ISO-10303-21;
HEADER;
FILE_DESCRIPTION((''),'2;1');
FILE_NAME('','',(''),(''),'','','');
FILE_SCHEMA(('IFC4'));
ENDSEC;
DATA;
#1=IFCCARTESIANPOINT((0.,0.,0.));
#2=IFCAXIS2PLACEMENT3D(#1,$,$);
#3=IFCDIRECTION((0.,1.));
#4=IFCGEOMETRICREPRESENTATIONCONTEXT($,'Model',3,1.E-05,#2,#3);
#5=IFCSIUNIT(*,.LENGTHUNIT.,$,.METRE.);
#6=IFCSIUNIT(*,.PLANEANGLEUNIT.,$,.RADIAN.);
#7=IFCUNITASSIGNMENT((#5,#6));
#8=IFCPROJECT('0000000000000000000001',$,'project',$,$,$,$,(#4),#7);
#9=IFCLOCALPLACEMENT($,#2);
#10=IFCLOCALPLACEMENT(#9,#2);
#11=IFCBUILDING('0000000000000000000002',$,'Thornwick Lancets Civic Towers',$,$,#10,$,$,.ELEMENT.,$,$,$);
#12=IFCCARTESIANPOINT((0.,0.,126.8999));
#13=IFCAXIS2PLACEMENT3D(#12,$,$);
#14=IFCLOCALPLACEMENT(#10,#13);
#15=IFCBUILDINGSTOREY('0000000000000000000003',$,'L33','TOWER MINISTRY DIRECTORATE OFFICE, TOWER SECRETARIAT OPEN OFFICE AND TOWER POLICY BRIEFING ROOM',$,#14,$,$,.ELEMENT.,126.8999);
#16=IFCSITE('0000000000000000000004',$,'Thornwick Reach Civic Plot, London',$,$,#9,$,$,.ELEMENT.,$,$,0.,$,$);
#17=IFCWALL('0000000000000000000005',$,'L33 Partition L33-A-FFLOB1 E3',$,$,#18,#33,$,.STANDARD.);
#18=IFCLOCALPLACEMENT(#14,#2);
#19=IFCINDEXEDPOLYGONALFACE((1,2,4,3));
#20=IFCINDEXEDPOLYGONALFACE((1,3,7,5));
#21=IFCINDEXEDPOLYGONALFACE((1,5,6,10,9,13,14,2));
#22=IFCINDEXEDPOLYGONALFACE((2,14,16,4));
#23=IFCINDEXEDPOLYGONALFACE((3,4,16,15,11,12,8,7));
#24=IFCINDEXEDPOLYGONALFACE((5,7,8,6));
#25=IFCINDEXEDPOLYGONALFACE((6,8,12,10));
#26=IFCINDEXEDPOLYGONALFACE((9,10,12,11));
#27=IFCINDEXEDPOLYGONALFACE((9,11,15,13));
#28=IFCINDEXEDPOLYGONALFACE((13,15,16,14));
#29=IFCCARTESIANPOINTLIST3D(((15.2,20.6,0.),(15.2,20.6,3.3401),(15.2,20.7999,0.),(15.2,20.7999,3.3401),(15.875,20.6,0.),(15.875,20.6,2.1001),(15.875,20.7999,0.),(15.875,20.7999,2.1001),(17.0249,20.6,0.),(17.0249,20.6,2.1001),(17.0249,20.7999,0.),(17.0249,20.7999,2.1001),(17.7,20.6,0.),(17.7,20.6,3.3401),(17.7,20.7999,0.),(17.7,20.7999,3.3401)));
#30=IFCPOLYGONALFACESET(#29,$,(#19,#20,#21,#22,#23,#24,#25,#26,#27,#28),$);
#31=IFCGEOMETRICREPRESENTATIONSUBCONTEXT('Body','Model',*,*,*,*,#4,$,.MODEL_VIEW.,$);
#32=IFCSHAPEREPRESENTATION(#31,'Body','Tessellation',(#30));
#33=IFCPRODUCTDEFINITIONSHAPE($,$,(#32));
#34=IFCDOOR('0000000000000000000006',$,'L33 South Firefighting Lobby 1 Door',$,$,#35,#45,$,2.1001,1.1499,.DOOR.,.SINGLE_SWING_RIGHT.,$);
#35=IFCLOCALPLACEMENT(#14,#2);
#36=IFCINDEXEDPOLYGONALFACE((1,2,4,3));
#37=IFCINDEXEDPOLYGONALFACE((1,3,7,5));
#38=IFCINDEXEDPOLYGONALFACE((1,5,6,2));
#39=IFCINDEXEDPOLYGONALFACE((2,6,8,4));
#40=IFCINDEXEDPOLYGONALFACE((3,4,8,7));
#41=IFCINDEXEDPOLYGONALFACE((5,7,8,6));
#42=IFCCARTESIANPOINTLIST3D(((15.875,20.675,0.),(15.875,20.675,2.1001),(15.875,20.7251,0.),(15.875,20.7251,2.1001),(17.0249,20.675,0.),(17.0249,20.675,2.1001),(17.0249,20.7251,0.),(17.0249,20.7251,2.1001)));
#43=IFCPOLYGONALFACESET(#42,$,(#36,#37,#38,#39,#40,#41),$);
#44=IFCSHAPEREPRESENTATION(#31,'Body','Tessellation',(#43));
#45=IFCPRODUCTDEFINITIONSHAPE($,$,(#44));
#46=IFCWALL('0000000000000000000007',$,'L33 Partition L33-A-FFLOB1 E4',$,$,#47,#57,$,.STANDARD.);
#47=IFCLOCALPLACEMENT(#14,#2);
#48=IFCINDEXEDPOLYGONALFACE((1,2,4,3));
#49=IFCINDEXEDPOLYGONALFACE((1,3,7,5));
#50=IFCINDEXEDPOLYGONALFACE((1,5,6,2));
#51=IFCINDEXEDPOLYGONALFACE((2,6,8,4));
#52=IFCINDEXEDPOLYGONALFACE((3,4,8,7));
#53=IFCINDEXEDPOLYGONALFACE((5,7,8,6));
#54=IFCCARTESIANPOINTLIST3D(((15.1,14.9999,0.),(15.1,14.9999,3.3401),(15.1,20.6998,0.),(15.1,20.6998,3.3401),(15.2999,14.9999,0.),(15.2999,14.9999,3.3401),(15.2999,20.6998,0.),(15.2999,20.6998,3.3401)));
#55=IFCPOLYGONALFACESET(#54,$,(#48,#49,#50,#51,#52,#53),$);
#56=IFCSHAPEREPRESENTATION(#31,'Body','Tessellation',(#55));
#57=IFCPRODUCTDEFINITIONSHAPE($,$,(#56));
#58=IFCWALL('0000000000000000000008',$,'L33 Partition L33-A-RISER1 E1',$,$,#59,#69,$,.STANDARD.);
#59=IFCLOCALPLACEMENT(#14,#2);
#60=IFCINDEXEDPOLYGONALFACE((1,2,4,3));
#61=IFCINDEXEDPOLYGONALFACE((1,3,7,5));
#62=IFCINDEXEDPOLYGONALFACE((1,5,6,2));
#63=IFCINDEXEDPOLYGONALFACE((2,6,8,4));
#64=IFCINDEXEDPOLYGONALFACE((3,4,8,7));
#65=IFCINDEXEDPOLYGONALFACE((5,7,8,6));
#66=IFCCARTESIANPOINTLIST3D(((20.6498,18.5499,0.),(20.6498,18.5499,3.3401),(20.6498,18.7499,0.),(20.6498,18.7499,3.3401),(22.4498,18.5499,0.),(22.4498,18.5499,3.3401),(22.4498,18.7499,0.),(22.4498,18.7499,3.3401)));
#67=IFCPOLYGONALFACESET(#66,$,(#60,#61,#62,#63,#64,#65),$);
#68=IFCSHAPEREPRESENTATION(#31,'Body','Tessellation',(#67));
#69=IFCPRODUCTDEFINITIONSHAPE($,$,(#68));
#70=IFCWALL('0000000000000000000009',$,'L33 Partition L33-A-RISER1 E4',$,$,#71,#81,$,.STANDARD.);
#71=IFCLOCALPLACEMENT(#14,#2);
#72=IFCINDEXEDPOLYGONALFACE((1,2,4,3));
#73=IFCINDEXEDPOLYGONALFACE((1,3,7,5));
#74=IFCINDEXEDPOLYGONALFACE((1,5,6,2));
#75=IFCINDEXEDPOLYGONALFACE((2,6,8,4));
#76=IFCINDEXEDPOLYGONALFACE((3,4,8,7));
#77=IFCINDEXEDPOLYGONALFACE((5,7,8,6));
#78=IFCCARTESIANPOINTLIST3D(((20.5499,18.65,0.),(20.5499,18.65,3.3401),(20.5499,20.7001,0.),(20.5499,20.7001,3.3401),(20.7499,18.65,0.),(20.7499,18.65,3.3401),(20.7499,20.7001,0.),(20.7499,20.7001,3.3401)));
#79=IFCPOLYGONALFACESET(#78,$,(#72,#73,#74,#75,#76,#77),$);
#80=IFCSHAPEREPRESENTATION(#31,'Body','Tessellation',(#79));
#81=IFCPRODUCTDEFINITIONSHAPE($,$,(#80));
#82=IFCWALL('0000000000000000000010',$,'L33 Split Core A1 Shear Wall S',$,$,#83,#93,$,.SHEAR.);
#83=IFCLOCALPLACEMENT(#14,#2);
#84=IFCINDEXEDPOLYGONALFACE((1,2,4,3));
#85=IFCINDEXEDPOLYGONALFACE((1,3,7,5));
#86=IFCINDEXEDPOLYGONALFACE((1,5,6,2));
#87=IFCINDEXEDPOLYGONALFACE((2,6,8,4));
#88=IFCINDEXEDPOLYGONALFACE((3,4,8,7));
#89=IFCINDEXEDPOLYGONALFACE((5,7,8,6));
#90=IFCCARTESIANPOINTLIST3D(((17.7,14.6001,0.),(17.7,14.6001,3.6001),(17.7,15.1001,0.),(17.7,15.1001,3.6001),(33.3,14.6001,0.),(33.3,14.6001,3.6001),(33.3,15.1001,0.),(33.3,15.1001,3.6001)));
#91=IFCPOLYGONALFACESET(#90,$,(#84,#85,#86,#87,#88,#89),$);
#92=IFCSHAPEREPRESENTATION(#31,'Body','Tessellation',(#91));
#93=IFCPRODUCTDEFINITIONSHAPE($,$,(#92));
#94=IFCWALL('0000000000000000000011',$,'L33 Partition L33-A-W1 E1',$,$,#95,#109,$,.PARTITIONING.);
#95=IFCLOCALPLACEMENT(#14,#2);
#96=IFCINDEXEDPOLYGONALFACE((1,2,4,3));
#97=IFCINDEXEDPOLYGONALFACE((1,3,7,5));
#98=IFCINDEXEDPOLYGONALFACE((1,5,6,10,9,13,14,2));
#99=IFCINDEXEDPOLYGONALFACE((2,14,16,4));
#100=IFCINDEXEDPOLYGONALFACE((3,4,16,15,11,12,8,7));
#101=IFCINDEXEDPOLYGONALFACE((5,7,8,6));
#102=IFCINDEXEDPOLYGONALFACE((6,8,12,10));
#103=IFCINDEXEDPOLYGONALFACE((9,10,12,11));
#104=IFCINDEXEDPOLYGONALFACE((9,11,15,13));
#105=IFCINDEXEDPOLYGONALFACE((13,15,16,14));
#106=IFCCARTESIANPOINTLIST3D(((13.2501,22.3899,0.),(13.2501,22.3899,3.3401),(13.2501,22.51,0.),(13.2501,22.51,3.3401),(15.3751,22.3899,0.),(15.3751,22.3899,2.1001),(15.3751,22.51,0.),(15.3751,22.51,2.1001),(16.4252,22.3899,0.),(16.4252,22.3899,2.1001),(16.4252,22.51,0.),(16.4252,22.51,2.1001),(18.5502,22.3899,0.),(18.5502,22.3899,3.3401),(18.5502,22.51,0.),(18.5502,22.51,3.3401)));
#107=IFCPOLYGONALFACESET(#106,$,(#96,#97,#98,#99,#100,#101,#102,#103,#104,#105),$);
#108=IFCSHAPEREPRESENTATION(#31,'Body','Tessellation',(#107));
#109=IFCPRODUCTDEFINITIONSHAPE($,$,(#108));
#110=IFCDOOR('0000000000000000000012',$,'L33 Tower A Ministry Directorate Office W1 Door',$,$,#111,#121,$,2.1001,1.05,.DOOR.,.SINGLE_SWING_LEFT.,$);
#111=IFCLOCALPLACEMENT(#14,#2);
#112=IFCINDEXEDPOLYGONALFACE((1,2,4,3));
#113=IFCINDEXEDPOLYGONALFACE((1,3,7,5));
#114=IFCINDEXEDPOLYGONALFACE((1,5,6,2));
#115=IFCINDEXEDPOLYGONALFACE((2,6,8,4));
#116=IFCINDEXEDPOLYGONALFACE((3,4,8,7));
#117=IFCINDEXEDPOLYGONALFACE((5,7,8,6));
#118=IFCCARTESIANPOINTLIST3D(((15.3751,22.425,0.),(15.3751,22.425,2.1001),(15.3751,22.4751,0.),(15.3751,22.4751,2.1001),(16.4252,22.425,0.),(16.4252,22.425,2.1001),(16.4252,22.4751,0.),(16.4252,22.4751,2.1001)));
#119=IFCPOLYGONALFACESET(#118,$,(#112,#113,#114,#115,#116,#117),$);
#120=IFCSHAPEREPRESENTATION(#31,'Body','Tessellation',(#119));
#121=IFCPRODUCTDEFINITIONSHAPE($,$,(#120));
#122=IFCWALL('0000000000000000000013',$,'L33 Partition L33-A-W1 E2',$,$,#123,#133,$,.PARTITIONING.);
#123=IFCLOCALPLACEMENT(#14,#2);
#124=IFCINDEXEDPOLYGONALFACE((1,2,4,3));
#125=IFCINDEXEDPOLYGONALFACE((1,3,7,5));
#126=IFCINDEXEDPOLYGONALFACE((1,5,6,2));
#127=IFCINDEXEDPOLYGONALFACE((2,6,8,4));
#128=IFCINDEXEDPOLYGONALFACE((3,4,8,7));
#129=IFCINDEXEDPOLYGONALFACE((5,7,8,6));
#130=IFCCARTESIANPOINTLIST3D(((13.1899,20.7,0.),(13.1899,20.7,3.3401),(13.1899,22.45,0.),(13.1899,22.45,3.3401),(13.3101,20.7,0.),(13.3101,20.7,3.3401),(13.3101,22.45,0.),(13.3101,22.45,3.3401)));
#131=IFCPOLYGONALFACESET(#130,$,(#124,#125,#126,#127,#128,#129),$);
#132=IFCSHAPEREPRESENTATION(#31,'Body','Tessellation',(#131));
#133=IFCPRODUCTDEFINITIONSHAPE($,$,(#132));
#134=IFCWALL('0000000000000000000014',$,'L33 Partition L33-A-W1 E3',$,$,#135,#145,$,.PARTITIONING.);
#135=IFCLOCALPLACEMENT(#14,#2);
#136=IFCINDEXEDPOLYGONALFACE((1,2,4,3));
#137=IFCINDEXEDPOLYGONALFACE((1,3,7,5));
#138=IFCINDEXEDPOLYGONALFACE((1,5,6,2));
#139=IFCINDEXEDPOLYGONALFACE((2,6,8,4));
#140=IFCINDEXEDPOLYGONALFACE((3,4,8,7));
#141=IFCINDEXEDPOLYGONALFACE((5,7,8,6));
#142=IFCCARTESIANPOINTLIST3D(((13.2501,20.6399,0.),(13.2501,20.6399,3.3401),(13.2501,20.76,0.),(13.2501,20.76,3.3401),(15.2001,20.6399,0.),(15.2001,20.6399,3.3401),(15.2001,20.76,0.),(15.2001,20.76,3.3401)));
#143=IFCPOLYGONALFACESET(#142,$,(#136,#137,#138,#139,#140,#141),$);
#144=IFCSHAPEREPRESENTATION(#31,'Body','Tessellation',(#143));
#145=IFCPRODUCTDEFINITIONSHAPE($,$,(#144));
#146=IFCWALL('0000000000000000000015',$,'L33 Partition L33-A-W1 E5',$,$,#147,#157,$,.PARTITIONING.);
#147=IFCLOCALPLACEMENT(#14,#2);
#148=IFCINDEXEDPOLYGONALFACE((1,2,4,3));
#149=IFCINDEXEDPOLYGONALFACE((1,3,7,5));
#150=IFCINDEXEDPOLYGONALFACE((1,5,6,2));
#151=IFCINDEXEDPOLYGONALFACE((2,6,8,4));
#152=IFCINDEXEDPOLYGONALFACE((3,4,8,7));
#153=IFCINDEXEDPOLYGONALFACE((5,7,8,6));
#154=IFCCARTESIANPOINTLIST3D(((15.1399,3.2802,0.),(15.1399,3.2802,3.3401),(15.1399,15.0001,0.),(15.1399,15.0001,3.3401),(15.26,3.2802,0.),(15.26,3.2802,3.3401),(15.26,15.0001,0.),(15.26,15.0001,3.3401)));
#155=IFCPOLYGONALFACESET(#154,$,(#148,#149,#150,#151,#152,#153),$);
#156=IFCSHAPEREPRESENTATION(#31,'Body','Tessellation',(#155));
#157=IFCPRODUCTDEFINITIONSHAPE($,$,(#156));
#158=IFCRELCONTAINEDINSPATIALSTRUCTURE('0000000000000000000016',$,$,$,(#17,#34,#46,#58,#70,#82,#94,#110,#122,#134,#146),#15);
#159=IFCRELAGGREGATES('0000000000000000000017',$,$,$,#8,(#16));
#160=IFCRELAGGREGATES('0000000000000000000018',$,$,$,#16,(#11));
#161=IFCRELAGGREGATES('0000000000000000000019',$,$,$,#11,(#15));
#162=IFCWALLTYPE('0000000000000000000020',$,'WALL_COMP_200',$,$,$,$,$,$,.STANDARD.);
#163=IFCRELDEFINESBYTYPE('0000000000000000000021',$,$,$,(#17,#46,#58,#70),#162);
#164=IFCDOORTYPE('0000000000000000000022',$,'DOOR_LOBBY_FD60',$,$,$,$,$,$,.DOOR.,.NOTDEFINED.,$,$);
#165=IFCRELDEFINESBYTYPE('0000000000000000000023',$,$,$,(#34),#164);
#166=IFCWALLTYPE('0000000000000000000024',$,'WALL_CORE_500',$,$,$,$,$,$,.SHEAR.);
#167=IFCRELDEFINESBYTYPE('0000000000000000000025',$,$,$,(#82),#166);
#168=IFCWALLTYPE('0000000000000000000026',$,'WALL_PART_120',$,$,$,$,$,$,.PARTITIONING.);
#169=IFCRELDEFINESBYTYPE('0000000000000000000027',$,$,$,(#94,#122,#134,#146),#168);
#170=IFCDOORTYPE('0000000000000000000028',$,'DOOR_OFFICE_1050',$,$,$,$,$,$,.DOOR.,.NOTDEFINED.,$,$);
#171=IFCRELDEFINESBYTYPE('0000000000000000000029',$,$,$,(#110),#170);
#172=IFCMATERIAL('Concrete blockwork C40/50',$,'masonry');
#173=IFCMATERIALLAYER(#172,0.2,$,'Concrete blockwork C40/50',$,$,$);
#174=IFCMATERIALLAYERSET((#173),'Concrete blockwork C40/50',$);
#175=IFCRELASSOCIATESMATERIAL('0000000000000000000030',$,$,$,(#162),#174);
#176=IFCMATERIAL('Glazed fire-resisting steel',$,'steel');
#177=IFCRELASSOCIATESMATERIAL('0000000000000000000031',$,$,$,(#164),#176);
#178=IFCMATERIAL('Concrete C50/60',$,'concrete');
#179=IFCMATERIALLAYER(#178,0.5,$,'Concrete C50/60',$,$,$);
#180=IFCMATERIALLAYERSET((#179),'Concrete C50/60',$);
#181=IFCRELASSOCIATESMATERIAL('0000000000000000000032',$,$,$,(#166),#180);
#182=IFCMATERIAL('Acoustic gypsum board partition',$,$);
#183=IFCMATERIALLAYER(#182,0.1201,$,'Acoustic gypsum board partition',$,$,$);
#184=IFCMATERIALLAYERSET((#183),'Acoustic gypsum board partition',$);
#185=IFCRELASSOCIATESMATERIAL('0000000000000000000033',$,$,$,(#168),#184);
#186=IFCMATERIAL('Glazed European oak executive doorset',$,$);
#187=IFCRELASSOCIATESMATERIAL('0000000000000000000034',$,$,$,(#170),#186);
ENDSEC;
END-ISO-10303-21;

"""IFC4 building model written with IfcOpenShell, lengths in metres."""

from ifc_helpers import new_model, si_unit, direction, frame, frame_2d, origin, place, context, subcontext, project, spatial, rectangle, extrude, material, layer, layer_set, type_object, element, fill, save


model = new_model("IFC4")

# Units and contexts
model_context = context("Model", 3, precision=1e-05, world=origin(), true_north=direction((0.0, 1.0)))
body_context = subcontext(model_context, "Body", "Model", "MODEL_VIEW")
ifc_project = project(units=[si_unit("LENGTHUNIT", "METRE"), si_unit("PLANEANGLEUNIT", "RADIAN")], contexts=[model_context])

# Site, building, storey
site_placement = place(None, origin())
site = spatial("IfcSite", under=ifc_project, at=site_placement, Name="Thornwick Reach Civic Plot, London", CompositionType="ELEMENT", RefElevation=0.0)
building_placement = place(site_placement, origin())
building = spatial("IfcBuilding", under=site, at=building_placement, Name="Thornwick Lancets Civic Towers", CompositionType="ELEMENT")
storey_placement = place(building_placement, frame((0.0, 0.0, 126.8999)))
storey = spatial("IfcBuildingStorey", under=building, at=storey_placement, Name="L33", Description="TOWER MINISTRY DIRECTORATE OFFICE, TOWER SECRETARIAT OPEN OFFICE AND TOWER POLICY BRIEFING ROOM", CompositionType="ELEMENT", Elevation=126.8999)

# Shared definitions
ifc_material_1 = material(Name="Concrete blockwork C40/50", Category="masonry")
ifc_layer_1 = layer(ifc_material_1, 0.2, Name="Concrete blockwork C40/50")
ifc_layer_set_1 = layer_set([ifc_layer_1], Name="Concrete blockwork C40/50")
wall_type_1 = type_object("IfcWallType", Name="WALL_COMP_200", PredefinedType="STANDARD", material=ifc_layer_set_1)

# Wall, opening, door
wall_1_placement = place(storey_placement, frame((17.7, 20.7, 0.0), z_axis=(0.0, 0.0, 1.0), x_axis=(-1.0, 0.0, 0.0)))
wall_1 = element("IfcWall", 1, at=wall_1_placement, inside=storey, type_object=wall_type_1, Name="L33 Partition L33-A-FFLOB1 E3", PredefinedType="STANDARD", context=body_context, shape_type="SweptSolid", body=[
    extrude(rectangle(XDim=2.5, YDim=0.2, at=frame_2d((1.25, 0.0))), origin(), (0.0, 0.0, 1.0), 3.3401),
])
opening_1_placement = place(wall_1_placement, frame((0.675, 0.0, 0.0)))
opening_1 = element("IfcOpeningElement", 2, at=opening_1_placement, cuts=wall_1, PredefinedType="OPENING", context=body_context, shape_type="SweptSolid", body=[
    extrude(rectangle(XDim=1.1499, YDim=2.1001, at=frame_2d((0.575, 1.05))), frame((0.0, 0.1099, 0.0), z_axis=(0.0, -1.0, 0.0), x_axis=(1.0, 0.0, 0.0)), (0.0, 0.0, 1.0), 0.22),
])
ifc_material_2 = material(Name="Glazed fire-resisting steel", Category="steel")
door_type_1 = type_object("IfcDoorType", Name="DOOR_LOBBY_FD60", OperationType="NOTDEFINED", PredefinedType="DOOR", material=ifc_material_2)
door_1_placement = place(opening_1_placement, origin())
door_1 = element("IfcDoor", 3, at=door_1_placement, inside=storey, type_object=door_type_1, Name="L33 South Firefighting Lobby 1 Door", OperationType="SINGLE_SWING_RIGHT", OverallHeight=2.1001, OverallWidth=1.1499, PredefinedType="DOOR", context=body_context, shape_type="SweptSolid", body=[
    extrude(rectangle(XDim=1.1499, YDim=2.1001, at=frame_2d((0.575, 1.05))), frame((0.0, 0.0249, 0.0), z_axis=(0.0, -1.0, 0.0), x_axis=(1.0, 0.0, 0.0)), (0.0, 0.0, 1.0), 0.05),
])
fill(opening_1, door_1)

# Walls
wall_2_placement = place(storey_placement, frame((15.2, 20.7, 0.0), z_axis=(0.0, 0.0, 1.0), x_axis=(0.0, -1.0, 0.0)))
element("IfcWall", 4, at=wall_2_placement, inside=storey, type_object=wall_type_1, Name="L33 Partition L33-A-FFLOB1 E4", PredefinedType="STANDARD", context=body_context, shape_type="SweptSolid", body=[
    extrude(rectangle(XDim=5.7, YDim=0.2, at=frame_2d((2.8501, 0.0))), origin(), (0.0, 0.0, 1.0), 3.3401),
])
wall_3_placement = place(storey_placement, frame((20.6499, 18.6499, 0.0), z_axis=(0.0, 0.0, 1.0), x_axis=(1.0, 0.0, 0.0)))
element("IfcWall", 5, at=wall_3_placement, inside=storey, type_object=wall_type_1, Name="L33 Partition L33-A-RISER1 E1", PredefinedType="STANDARD", context=body_context, shape_type="SweptSolid", body=[
    extrude(rectangle(XDim=1.8, YDim=0.2, at=frame_2d((0.8999, 0.0))), origin(), (0.0, 0.0, 1.0), 3.3401),
])
wall_4_placement = place(storey_placement, frame((20.6499, 20.7, 0.0), z_axis=(0.0, 0.0, 1.0), x_axis=(0.0, -1.0, 0.0)))
element("IfcWall", 6, at=wall_4_placement, inside=storey, type_object=wall_type_1, Name="L33 Partition L33-A-RISER1 E4", PredefinedType="STANDARD", context=body_context, shape_type="SweptSolid", body=[
    extrude(rectangle(XDim=2.05, YDim=0.2, at=frame_2d((1.0249, 0.0))), origin(), (0.0, 0.0, 1.0), 3.3401),
])
ifc_material_3 = material(Name="Concrete C50/60", Category="concrete")
ifc_layer_2 = layer(ifc_material_3, 0.5, Name="Concrete C50/60")
ifc_layer_set_2 = layer_set([ifc_layer_2], Name="Concrete C50/60")
wall_type_2 = type_object("IfcWallType", Name="WALL_CORE_500", PredefinedType="SHEAR", material=ifc_layer_set_2)
wall_5_placement = place(storey_placement, frame((17.7, 14.8501, 0.0), z_axis=(0.0, 0.0, 1.0), x_axis=(1.0, 0.0, 0.0)))
element("IfcWall", 7, at=wall_5_placement, inside=storey, type_object=wall_type_2, Name="L33 Split Core A1 Shear Wall S", PredefinedType="SHEAR", context=body_context, shape_type="SweptSolid", body=[
    extrude(rectangle(XDim=15.6001, YDim=0.5, at=frame_2d((7.8, 0.0))), origin(), (0.0, 0.0, 1.0), 3.6001),
])

# Wall, opening, door
ifc_material_4 = material(Name="Acoustic gypsum board partition")
ifc_layer_3 = layer(ifc_material_4, 0.1201, Name="Acoustic gypsum board partition")
ifc_layer_set_3 = layer_set([ifc_layer_3], Name="Acoustic gypsum board partition")
wall_type_3 = type_object("IfcWallType", Name="WALL_PART_120", PredefinedType="PARTITIONING", material=ifc_layer_set_3)
wall_6_placement = place(storey_placement, frame((18.55, 22.45, 0.0), z_axis=(0.0, 0.0, 1.0), x_axis=(-1.0, 0.0, 0.0)))
wall_6 = element("IfcWall", 8, at=wall_6_placement, inside=storey, type_object=wall_type_3, Name="L33 Partition L33-A-W1 E1", PredefinedType="PARTITIONING", context=body_context, shape_type="SweptSolid", body=[
    extrude(rectangle(XDim=5.3, YDim=0.1201, at=frame_2d((2.6499, 0.0))), origin(), (0.0, 0.0, 1.0), 3.3401),
])
opening_2_placement = place(wall_6_placement, frame((2.125, 0.0, 0.0)))
opening_2 = element("IfcOpeningElement", 9, at=opening_2_placement, cuts=wall_6, PredefinedType="OPENING", context=body_context, shape_type="SweptSolid", body=[
    extrude(rectangle(XDim=1.05, YDim=2.1001, at=frame_2d((0.5249, 1.05))), frame((0.0, 0.0701, 0.0), z_axis=(0.0, -1.0, 0.0), x_axis=(1.0, 0.0, 0.0)), (0.0, 0.0, 1.0), 0.1401),
])
ifc_material_5 = material(Name="Glazed European oak executive doorset")
door_type_2 = type_object("IfcDoorType", Name="DOOR_OFFICE_1050", OperationType="NOTDEFINED", PredefinedType="DOOR", material=ifc_material_5)
door_2_placement = place(opening_2_placement, origin())
door_2 = element("IfcDoor", 10, at=door_2_placement, inside=storey, type_object=door_type_2, Name="L33 Tower A Ministry Directorate Office W1 Door", OperationType="SINGLE_SWING_LEFT", OverallHeight=2.1001, OverallWidth=1.05, PredefinedType="DOOR", context=body_context, shape_type="SweptSolid", body=[
    extrude(rectangle(XDim=1.05, YDim=2.1001, at=frame_2d((0.5249, 1.05))), frame((0.0, 0.0249, 0.0), z_axis=(0.0, -1.0, 0.0), x_axis=(1.0, 0.0, 0.0)), (0.0, 0.0, 1.0), 0.05),
])
fill(opening_2, door_2)

# Walls
wall_7_placement = place(storey_placement, frame((13.25, 22.45, 0.0), z_axis=(0.0, 0.0, 1.0), x_axis=(0.0, -1.0, 0.0)))
element("IfcWall", 11, at=wall_7_placement, inside=storey, type_object=wall_type_3, Name="L33 Partition L33-A-W1 E2", PredefinedType="PARTITIONING", context=body_context, shape_type="SweptSolid", body=[
    extrude(rectangle(XDim=1.75, YDim=0.1201, at=frame_2d((0.875, 0.0))), origin(), (0.0, 0.0, 1.0), 3.3401),
])
wall_8_placement = place(storey_placement, frame((13.25, 20.7, 0.0), z_axis=(0.0, 0.0, 1.0), x_axis=(1.0, 0.0, 0.0)))
element("IfcWall", 12, at=wall_8_placement, inside=storey, type_object=wall_type_3, Name="L33 Partition L33-A-W1 E3", PredefinedType="PARTITIONING", context=body_context, shape_type="SweptSolid", body=[
    extrude(rectangle(XDim=1.95, YDim=0.1201, at=frame_2d((0.9751, 0.0))), origin(), (0.0, 0.0, 1.0), 3.3401),
])
wall_9_placement = place(storey_placement, frame((15.2, 15.0, 0.0), z_axis=(0.0, 0.0, 1.0), x_axis=(0.0, -1.0, 0.0)))
element("IfcWall", 13, at=wall_9_placement, inside=storey, type_object=wall_type_3, Name="L33 Partition L33-A-W1 E5", PredefinedType="PARTITIONING", context=body_context, shape_type="SweptSolid", body=[
    extrude(rectangle(XDim=11.72, YDim=0.1201, at=frame_2d((5.8599, 0.0))), origin(), (0.0, 0.0, 1.0), 3.3401),
])

save(model, "model.ifc")
